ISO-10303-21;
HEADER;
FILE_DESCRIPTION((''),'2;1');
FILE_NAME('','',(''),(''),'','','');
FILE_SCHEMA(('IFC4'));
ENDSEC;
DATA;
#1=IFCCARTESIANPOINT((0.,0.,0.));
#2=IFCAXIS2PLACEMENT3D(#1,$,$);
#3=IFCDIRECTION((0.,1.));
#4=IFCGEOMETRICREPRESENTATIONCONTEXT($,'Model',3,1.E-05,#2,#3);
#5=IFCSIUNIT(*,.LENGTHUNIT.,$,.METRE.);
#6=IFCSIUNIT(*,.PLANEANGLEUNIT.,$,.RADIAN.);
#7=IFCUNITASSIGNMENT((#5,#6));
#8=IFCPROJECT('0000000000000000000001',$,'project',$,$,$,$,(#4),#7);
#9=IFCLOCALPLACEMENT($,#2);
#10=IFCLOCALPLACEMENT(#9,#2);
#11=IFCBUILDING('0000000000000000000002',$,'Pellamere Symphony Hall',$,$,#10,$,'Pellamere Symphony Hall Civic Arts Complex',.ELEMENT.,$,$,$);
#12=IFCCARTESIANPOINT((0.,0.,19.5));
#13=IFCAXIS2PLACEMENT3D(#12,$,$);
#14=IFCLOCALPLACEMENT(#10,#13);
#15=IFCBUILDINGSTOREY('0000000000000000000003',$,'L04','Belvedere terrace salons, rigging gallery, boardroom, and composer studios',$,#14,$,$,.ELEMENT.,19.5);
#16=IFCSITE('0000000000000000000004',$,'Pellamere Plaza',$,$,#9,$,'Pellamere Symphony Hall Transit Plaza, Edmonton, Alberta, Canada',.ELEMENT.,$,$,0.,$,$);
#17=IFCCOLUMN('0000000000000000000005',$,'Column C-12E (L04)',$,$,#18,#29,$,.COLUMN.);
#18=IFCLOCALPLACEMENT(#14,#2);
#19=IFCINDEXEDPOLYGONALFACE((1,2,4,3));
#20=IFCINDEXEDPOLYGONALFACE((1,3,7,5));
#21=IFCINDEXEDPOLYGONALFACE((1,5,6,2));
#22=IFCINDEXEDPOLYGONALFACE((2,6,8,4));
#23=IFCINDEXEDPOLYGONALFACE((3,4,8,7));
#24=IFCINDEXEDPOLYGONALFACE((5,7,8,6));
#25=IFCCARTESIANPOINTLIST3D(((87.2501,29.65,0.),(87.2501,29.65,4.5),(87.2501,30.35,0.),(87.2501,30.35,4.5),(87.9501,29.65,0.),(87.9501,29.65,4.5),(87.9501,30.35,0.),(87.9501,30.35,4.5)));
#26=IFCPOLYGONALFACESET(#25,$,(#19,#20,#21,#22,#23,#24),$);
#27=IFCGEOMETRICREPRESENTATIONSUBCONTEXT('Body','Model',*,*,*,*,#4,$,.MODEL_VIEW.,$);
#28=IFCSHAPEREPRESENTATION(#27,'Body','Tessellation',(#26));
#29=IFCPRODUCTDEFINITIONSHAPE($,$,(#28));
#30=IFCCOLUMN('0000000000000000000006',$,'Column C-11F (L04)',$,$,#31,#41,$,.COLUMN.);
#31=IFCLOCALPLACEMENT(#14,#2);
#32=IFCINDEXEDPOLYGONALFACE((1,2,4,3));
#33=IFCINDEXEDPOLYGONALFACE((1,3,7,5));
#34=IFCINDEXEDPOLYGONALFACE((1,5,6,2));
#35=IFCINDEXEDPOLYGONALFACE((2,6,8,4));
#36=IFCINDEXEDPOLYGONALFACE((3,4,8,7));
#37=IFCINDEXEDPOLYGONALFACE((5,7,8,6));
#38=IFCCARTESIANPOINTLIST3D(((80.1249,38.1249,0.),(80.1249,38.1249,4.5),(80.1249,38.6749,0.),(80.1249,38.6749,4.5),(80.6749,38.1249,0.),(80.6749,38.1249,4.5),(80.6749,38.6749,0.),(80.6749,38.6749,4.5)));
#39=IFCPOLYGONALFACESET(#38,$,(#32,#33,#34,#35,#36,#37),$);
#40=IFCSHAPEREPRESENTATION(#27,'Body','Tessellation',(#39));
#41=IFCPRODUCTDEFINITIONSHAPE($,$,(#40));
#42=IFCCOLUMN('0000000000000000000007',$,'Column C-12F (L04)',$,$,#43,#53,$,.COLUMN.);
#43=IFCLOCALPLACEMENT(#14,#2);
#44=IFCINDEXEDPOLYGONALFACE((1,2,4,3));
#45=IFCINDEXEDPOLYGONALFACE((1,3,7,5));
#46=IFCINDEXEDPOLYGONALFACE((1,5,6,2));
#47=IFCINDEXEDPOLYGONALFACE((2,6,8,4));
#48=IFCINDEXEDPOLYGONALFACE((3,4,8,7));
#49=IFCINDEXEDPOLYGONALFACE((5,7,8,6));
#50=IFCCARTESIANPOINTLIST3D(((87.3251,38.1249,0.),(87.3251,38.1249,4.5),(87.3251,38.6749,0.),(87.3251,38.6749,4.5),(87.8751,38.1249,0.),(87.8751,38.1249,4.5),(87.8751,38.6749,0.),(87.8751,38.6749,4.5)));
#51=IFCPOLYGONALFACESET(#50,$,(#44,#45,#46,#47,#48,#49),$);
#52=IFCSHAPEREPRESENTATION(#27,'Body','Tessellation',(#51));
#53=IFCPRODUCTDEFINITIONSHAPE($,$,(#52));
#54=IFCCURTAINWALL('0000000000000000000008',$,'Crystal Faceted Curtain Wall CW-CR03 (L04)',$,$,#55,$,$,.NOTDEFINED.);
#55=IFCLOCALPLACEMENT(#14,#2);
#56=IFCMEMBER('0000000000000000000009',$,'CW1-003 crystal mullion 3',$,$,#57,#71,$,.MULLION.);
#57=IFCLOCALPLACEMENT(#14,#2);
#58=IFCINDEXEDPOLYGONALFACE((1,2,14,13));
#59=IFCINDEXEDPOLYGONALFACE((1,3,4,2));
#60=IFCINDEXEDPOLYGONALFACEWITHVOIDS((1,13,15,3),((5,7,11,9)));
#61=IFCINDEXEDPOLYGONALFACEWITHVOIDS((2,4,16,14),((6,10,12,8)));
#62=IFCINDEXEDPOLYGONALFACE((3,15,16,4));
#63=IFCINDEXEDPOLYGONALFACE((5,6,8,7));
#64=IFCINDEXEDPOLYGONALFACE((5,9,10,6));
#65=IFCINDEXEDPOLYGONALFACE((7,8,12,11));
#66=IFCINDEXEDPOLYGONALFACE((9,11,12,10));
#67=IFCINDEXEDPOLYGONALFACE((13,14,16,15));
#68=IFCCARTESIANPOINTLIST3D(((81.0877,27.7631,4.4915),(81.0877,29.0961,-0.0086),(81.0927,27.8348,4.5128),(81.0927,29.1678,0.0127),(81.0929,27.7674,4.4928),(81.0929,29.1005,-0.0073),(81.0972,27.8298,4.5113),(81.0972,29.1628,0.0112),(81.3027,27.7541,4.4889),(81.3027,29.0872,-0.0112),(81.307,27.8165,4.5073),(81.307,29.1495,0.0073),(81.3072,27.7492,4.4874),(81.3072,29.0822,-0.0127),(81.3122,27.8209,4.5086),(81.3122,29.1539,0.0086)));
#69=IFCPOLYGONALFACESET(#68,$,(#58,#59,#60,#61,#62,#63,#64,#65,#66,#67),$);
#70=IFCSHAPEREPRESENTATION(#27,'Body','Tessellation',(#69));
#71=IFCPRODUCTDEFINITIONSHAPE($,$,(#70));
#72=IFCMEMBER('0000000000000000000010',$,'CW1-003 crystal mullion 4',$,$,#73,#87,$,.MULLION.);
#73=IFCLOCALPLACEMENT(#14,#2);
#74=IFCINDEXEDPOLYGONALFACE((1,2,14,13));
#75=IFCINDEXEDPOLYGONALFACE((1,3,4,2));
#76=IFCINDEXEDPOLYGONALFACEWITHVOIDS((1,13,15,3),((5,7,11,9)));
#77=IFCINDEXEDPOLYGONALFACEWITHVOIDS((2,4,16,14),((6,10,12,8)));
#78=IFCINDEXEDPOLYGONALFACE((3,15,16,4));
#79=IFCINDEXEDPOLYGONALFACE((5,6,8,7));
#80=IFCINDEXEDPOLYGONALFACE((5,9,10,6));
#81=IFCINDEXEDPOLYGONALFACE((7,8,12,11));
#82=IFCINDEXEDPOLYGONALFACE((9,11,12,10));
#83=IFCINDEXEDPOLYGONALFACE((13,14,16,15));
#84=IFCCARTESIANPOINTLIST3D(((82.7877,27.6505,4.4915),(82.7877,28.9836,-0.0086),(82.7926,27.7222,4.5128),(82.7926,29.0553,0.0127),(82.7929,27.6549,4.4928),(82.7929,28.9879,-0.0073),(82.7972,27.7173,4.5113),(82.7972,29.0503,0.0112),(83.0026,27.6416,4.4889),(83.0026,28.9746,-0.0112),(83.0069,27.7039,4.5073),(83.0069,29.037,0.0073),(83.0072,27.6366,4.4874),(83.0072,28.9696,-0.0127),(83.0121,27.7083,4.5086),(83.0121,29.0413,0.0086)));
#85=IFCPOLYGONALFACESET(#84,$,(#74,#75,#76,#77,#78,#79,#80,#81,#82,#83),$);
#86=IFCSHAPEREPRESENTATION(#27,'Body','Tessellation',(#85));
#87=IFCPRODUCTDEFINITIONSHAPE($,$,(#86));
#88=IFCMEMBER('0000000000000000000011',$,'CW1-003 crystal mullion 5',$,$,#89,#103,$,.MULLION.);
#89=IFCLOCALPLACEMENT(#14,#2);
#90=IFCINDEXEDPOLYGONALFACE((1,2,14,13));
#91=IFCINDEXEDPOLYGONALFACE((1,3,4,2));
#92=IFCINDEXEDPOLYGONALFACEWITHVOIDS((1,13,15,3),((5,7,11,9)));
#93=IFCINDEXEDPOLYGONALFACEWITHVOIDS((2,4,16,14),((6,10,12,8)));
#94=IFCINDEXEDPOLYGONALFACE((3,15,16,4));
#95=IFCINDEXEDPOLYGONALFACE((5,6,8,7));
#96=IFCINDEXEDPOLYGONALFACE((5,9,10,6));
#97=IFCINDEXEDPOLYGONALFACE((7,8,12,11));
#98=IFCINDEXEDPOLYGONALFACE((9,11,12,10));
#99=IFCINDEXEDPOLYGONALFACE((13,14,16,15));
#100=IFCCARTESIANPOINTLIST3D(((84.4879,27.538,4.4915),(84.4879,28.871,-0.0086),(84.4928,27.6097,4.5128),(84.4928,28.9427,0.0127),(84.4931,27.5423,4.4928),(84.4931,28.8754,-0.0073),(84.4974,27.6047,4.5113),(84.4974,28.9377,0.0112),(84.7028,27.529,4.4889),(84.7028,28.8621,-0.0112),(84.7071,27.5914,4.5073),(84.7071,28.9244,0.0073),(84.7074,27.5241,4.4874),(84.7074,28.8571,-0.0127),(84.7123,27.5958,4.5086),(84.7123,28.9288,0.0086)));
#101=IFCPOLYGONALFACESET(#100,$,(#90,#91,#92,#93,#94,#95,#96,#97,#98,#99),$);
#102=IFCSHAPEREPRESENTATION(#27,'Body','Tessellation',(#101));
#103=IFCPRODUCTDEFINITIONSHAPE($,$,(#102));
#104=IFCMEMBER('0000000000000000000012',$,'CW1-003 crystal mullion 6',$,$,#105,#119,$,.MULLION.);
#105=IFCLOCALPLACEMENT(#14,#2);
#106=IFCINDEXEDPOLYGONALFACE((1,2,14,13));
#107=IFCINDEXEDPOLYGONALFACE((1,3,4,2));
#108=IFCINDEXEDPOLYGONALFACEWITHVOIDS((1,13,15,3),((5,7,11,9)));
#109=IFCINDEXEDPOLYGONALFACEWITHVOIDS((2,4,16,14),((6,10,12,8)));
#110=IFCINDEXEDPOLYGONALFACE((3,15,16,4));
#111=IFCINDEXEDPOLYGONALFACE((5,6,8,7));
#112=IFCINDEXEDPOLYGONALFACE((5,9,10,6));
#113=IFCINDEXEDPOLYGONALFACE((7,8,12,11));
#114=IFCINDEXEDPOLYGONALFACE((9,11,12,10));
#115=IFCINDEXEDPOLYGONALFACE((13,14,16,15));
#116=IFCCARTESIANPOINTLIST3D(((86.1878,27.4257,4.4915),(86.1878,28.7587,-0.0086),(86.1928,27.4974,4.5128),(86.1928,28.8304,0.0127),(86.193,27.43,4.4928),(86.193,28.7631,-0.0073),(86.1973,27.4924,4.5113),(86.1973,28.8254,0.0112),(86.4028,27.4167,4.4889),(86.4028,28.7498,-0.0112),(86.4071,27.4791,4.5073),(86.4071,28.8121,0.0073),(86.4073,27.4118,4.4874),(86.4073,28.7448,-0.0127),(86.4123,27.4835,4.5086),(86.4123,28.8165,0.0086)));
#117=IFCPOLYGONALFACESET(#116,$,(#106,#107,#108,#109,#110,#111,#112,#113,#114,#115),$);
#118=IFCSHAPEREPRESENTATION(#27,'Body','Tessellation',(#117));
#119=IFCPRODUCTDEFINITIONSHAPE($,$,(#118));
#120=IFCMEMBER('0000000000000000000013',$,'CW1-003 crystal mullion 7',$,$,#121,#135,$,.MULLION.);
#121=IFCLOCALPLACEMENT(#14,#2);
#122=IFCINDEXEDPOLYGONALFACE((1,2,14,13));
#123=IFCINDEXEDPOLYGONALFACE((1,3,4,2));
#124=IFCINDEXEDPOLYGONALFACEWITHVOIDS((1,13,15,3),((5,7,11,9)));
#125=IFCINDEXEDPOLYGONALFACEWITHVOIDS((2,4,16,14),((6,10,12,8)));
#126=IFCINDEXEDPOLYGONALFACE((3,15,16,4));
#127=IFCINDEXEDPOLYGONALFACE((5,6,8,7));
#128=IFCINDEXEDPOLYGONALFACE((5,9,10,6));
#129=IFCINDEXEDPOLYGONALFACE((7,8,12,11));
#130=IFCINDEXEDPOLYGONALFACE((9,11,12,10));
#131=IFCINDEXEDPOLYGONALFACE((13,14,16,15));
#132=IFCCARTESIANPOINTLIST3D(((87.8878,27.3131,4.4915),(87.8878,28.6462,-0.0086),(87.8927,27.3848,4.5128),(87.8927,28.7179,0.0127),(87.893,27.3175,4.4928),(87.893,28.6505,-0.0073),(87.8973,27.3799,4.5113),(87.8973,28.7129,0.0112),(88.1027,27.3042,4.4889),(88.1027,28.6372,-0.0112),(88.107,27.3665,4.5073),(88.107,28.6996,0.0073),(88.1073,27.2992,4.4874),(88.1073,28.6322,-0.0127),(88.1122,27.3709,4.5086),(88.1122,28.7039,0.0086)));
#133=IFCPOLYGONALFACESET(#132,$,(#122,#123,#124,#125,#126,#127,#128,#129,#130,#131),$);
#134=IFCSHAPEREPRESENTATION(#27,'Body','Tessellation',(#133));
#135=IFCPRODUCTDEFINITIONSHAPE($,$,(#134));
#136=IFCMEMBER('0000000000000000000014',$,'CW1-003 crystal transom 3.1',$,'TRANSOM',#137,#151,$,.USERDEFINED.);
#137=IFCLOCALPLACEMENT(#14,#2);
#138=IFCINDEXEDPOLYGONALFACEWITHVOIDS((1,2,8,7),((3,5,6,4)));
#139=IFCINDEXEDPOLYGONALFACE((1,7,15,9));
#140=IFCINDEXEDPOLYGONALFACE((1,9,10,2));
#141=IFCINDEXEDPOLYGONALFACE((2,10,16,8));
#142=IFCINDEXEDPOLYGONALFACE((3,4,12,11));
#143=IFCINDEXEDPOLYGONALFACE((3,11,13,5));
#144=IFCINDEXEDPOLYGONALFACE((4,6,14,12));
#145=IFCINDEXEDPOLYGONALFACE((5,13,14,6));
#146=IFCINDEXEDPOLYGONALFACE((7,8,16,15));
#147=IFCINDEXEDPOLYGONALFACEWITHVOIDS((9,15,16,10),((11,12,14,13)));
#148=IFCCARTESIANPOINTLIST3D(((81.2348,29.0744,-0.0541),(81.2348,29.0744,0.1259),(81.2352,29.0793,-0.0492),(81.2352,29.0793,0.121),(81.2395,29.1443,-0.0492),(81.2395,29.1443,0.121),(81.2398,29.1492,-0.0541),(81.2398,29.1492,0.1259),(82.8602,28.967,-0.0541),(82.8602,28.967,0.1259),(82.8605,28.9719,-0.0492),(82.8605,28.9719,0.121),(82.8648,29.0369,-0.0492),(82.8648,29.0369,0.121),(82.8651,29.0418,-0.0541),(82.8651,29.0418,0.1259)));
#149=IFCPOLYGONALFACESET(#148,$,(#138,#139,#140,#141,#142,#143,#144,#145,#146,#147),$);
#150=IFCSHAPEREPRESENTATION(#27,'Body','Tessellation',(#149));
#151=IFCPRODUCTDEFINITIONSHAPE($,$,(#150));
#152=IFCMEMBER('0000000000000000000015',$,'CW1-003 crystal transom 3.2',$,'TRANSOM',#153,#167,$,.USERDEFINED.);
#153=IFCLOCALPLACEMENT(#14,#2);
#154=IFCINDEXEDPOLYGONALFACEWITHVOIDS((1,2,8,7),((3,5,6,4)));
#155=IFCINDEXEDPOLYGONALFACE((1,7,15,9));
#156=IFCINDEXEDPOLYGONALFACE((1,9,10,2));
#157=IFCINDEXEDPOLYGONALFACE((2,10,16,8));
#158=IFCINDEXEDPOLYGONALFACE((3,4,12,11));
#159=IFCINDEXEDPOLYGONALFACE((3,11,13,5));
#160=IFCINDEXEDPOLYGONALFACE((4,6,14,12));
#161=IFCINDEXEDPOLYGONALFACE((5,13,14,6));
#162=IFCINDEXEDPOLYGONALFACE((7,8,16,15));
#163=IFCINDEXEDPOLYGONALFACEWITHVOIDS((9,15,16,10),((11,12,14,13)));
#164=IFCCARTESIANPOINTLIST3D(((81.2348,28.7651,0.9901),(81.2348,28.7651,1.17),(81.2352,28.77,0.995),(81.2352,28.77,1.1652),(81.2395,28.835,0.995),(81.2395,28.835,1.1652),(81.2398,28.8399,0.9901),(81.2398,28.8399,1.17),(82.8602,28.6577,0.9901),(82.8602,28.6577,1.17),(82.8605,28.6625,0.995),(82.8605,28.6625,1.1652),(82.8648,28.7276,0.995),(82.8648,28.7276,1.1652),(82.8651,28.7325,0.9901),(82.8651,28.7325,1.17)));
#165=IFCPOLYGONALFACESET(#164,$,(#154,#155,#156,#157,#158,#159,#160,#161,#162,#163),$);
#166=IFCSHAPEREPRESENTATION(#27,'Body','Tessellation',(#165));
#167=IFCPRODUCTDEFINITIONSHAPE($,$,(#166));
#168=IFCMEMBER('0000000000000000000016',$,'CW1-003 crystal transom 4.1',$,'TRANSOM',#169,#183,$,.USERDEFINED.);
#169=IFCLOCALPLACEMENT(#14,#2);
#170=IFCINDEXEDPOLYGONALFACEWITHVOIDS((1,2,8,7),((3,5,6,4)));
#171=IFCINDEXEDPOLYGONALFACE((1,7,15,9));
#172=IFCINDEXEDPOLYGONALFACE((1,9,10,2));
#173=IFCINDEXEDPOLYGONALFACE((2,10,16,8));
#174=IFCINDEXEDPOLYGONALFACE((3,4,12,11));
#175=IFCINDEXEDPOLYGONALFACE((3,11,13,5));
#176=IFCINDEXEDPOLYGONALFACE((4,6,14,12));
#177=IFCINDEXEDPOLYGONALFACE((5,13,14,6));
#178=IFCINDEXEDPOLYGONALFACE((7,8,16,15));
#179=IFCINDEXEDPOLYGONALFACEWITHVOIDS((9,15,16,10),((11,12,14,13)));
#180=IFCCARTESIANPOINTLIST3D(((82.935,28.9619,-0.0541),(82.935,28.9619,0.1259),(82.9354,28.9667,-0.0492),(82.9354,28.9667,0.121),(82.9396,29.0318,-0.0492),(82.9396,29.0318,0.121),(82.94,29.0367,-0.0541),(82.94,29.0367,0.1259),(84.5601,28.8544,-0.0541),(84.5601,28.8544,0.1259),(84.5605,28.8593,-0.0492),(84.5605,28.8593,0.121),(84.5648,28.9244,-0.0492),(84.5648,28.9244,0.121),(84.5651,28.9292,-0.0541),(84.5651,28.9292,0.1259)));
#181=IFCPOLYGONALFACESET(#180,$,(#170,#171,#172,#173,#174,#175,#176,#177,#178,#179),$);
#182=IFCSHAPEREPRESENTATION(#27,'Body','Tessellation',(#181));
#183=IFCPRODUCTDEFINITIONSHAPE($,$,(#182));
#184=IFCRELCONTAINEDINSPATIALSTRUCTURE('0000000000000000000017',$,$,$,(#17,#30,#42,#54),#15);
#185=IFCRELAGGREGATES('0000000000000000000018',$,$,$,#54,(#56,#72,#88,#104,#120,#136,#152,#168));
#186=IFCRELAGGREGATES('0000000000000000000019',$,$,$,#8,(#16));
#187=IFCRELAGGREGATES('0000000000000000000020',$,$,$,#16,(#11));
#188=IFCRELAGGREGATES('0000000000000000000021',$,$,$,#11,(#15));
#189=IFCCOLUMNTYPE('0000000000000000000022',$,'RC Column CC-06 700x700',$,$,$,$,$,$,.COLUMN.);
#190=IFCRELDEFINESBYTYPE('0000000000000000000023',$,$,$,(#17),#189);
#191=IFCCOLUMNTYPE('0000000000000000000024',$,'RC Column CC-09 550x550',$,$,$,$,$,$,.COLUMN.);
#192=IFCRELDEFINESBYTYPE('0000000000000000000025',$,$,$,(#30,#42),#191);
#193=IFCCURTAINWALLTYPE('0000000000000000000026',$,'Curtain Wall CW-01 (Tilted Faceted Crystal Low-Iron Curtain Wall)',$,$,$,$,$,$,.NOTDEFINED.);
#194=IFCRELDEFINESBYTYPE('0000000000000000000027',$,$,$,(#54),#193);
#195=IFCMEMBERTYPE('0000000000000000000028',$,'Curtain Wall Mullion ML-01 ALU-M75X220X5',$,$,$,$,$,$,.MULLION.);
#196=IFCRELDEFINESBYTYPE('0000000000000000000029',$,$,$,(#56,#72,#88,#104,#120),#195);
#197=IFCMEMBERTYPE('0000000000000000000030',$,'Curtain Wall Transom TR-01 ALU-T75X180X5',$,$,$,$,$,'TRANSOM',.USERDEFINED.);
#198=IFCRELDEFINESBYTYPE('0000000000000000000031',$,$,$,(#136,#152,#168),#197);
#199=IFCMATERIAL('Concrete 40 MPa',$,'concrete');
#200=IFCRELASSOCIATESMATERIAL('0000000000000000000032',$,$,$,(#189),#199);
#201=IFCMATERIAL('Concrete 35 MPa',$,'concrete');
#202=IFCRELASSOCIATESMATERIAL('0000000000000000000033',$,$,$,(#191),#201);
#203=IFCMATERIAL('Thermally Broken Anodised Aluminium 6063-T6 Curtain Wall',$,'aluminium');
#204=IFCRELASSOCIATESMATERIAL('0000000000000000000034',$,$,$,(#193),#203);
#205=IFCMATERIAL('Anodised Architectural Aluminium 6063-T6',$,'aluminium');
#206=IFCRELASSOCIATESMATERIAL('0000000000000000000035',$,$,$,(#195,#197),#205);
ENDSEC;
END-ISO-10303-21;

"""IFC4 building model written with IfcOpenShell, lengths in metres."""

from ifc_helpers import new_model, si_unit, direction, frame, origin, origin_2d, place, context, subcontext, project, spatial, rectangle, hollow_rectangle, extrude, material, material_profile, profile_set, type_object, element, aggregate, save


model = new_model("IFC4")

# Units and contexts
model_context = context("Model", 3, precision=1e-05, world=origin(), true_north=direction((0.0, 1.0)))
body_context = subcontext(model_context, "Body", "Model", "MODEL_VIEW")
ifc_project = project(units=[si_unit("LENGTHUNIT", "METRE"), si_unit("PLANEANGLEUNIT", "RADIAN")], contexts=[model_context])

# Site, building, storey
site_placement = place(None, origin())
site = spatial("IfcSite", under=ifc_project, at=site_placement, Name="Pellamere Plaza", LongName="Pellamere Symphony Hall Transit Plaza, Edmonton, Alberta, Canada", CompositionType="ELEMENT", RefElevation=0.0)
building_placement = place(site_placement, origin())
building = spatial("IfcBuilding", under=site, at=building_placement, Name="Pellamere Symphony Hall", LongName="Pellamere Symphony Hall Civic Arts Complex", CompositionType="ELEMENT")
storey_placement = place(building_placement, frame((0.0, 0.0, 19.5)))
storey = spatial("IfcBuildingStorey", under=building, at=storey_placement, Name="L04", Description="Belvedere terrace salons, rigging gallery, boardroom, and composer studios", CompositionType="ELEMENT", Elevation=19.5)

# Columns
ifc_material_1 = material(Name="Concrete 40 MPa", Category="concrete")
ifc_material_profile_1 = material_profile(ifc_material_1, rectangle(XDim=0.7, YDim=0.7, at=origin_2d()), Name="RC 700x700")
ifc_profile_set_1 = profile_set([ifc_material_profile_1], Name="Concrete 40 MPa")
column_type_1 = type_object("IfcColumnType", Name="RC Column CC-06 700x700", PredefinedType="COLUMN", material=ifc_profile_set_1)
column_placement = place(storey_placement, frame((87.6001, 30.0, 0.0), z_axis=(0.0, 0.0, 1.0), x_axis=(1.0, 0.0, 0.0)))
element("IfcColumn", 1, at=column_placement, inside=storey, type_object=column_type_1, Name="Column C-12E (L04)", PredefinedType="COLUMN", context=body_context, shape_type="SweptSolid", body=[
    extrude(rectangle(XDim=0.7, YDim=0.7, at=origin_2d()), origin(), (0.0, 0.0, 1.0), 4.5),
])
ifc_material_2 = material(Name="Concrete 35 MPa", Category="concrete")
ifc_material_profile_2 = material_profile(ifc_material_2, rectangle(XDim=0.55, YDim=0.55, at=origin_2d()), Name="RC 550x550")
ifc_profile_set_2 = profile_set([ifc_material_profile_2], Name="Concrete 35 MPa")
column_type_2 = type_object("IfcColumnType", Name="RC Column CC-09 550x550", PredefinedType="COLUMN", material=ifc_profile_set_2)
for number, where, z_axis, x_axis, name in (
    (2, (80.3999, 38.3999, 0.0), (0.0, 0.0, 1.0), (1.0, 0.0, 0.0), "Column C-11F (L04)"),
    (3, (87.6001, 38.3999, 0.0), (0.0, 0.0, 1.0), (1.0, 0.0, 0.0), "Column C-12F (L04)"),
):
    element("IfcColumn", number, at=place(storey_placement, frame(where, z_axis=z_axis, x_axis=x_axis)), inside=storey, type_object=column_type_2, Name=name, PredefinedType="COLUMN", context=body_context, shape_type="SweptSolid", body=[
        extrude(rectangle(XDim=0.55, YDim=0.55, at=origin_2d()), origin(), (0.0, 0.0, 1.0), 4.5),
    ])

# Curtain wall, members
ifc_material_3 = material(Name="Thermally Broken Anodised Aluminium 6063-T6 Curtain Wall", Category="aluminium")
curtain_wall_type = type_object("IfcCurtainWallType", Name="Curtain Wall CW-01 (Tilted Faceted Crystal Low-Iron Curtain Wall)", PredefinedType="NOTDEFINED", material=ifc_material_3)
curtain_wall_placement = place(storey_placement, origin())
curtain_wall = element("IfcCurtainWall", 4, at=curtain_wall_placement, inside=storey, type_object=curtain_wall_type, Name="Crystal Faceted Curtain Wall CW-CR03 (L04)", PredefinedType="NOTDEFINED")
ifc_material_4 = material(Name="Anodised Architectural Aluminium 6063-T6", Category="aluminium")
ifc_material_profile_3 = material_profile(ifc_material_4, hollow_rectangle(XDim=0.075, YDim=0.22, WallThickness=0.0049, at=origin_2d()), Name="ALU-M75X220X5")
ifc_profile_set_3 = profile_set([ifc_material_profile_3], Name="Anodised Architectural Aluminium 6063-T6")
member_type_1 = type_object("IfcMemberType", Name="Curtain Wall Mullion ML-01 ALU-M75X220X5", PredefinedType="MULLION", material=ifc_profile_set_3)
member_1_placement = place(storey_placement, frame((81.2, 29.125, 0.0), z_axis=(0.0, -0.284025, 0.958817), x_axis=(0.066032, 0.956724, 0.283405)))
member_1 = element("IfcMember", 5, at=member_1_placement, type_object=member_type_1, Name="CW1-003 crystal mullion 3", PredefinedType="MULLION", context=body_context, shape_type="SweptSolid", body=[
    extrude(hollow_rectangle(XDim=0.075, YDim=0.22, WallThickness=0.0049, at=origin_2d()), origin(), (0.0, 0.0, 1.0), 4.6934),
])
member_2_placement = place(storey_placement, frame((82.8999, 29.0125, 0.0), z_axis=(0.0, -0.284025, 0.958817), x_axis=(0.066032, 0.956724, 0.283405)))
member_2 = element("IfcMember", 6, at=member_2_placement, type_object=member_type_1, Name="CW1-003 crystal mullion 4", PredefinedType="MULLION", context=body_context, shape_type="SweptSolid", body=[
    extrude(hollow_rectangle(XDim=0.075, YDim=0.22, WallThickness=0.0049, at=origin_2d()), origin(), (0.0, 0.0, 1.0), 4.6934),
])
member_3_placement = place(storey_placement, frame((84.6001, 28.8999, 0.0), z_axis=(0.0, -0.284025, 0.958817), x_axis=(0.066032, 0.956724, 0.283405)))
member_3 = element("IfcMember", 7, at=member_3_placement, type_object=member_type_1, Name="CW1-003 crystal mullion 5", PredefinedType="MULLION", context=body_context, shape_type="SweptSolid", body=[
    extrude(hollow_rectangle(XDim=0.075, YDim=0.22, WallThickness=0.0049, at=origin_2d()), origin(), (0.0, 0.0, 1.0), 4.6934),
])
member_4_placement = place(storey_placement, frame((86.3, 28.7876, 0.0), z_axis=(0.0, -0.284025, 0.958817), x_axis=(0.066032, 0.956724, 0.283405)))
member_4 = element("IfcMember", 8, at=member_4_placement, type_object=member_type_1, Name="CW1-003 crystal mullion 6", PredefinedType="MULLION", context=body_context, shape_type="SweptSolid", body=[
    extrude(hollow_rectangle(XDim=0.075, YDim=0.22, WallThickness=0.0049, at=origin_2d()), origin(), (0.0, 0.0, 1.0), 4.6934),
])
member_5_placement = place(storey_placement, frame((88.0, 28.675, 0.0), z_axis=(0.0, -0.284025, 0.958817), x_axis=(0.066032, 0.956724, 0.283405)))
member_5 = element("IfcMember", 9, at=member_5_placement, type_object=member_type_1, Name="CW1-003 crystal mullion 7", PredefinedType="MULLION", context=body_context, shape_type="SweptSolid", body=[
    extrude(hollow_rectangle(XDim=0.075, YDim=0.22, WallThickness=0.0049, at=origin_2d()), origin(), (0.0, 0.0, 1.0), 4.6934),
])
ifc_material_profile_4 = material_profile(ifc_material_4, hollow_rectangle(XDim=0.075, YDim=0.1799, WallThickness=0.0049, at=origin_2d()), Name="ALU-T75X180X5")
ifc_profile_set_4 = profile_set([ifc_material_profile_4], Name="Anodised Architectural Aluminium 6063-T6")
member_type_2 = type_object("IfcMemberType", Name="Curtain Wall Transom TR-01 ALU-T75X180X5", ElementType="TRANSOM", PredefinedType="USERDEFINED", material=ifc_profile_set_4)
member_6_placement = place(storey_placement, frame((81.2373, 29.1118, 0.0359), z_axis=(0.997823, -0.065952, 0.0), x_axis=(0.065952, 0.997823, 0.0)))
member_6 = element("IfcMember", 10, at=member_6_placement, type_object=member_type_2, Name="CW1-003 crystal transom 3.1", ObjectType="TRANSOM", PredefinedType="USERDEFINED", context=body_context, shape_type="SweptSolid", body=[
    extrude(hollow_rectangle(XDim=0.075, YDim=0.1799, WallThickness=0.0049, at=origin_2d()), origin(), (0.0, 0.0, 1.0), 1.6289),
])
member_7_placement = place(storey_placement, frame((81.2373, 28.8025, 1.0801), z_axis=(0.997823, -0.065952, 0.0), x_axis=(0.065952, 0.997823, 0.0)))
member_7 = element("IfcMember", 11, at=member_7_placement, type_object=member_type_2, Name="CW1-003 crystal transom 3.2", ObjectType="TRANSOM", PredefinedType="USERDEFINED", context=body_context, shape_type="SweptSolid", body=[
    extrude(hollow_rectangle(XDim=0.075, YDim=0.1799, WallThickness=0.0049, at=origin_2d()), origin(), (0.0, 0.0, 1.0), 1.6289),
])
member_8_placement = place(storey_placement, frame((82.9375, 28.9993, 0.0359), z_axis=(0.997822, -0.065962, 0.0), x_axis=(0.065962, 0.997822, 0.0)))
member_8 = element("IfcMember", 12, at=member_8_placement, type_object=member_type_2, Name="CW1-003 crystal transom 4.1", ObjectType="TRANSOM", PredefinedType="USERDEFINED", context=body_context, shape_type="SweptSolid", body=[
    extrude(hollow_rectangle(XDim=0.075, YDim=0.1799, WallThickness=0.0049, at=origin_2d()), origin(), (0.0, 0.0, 1.0), 1.6287),
])

aggregate(curtain_wall, [member_1, member_2, member_3, member_4, member_5, member_6, member_7, member_8])

save(model, "model.ifc")
